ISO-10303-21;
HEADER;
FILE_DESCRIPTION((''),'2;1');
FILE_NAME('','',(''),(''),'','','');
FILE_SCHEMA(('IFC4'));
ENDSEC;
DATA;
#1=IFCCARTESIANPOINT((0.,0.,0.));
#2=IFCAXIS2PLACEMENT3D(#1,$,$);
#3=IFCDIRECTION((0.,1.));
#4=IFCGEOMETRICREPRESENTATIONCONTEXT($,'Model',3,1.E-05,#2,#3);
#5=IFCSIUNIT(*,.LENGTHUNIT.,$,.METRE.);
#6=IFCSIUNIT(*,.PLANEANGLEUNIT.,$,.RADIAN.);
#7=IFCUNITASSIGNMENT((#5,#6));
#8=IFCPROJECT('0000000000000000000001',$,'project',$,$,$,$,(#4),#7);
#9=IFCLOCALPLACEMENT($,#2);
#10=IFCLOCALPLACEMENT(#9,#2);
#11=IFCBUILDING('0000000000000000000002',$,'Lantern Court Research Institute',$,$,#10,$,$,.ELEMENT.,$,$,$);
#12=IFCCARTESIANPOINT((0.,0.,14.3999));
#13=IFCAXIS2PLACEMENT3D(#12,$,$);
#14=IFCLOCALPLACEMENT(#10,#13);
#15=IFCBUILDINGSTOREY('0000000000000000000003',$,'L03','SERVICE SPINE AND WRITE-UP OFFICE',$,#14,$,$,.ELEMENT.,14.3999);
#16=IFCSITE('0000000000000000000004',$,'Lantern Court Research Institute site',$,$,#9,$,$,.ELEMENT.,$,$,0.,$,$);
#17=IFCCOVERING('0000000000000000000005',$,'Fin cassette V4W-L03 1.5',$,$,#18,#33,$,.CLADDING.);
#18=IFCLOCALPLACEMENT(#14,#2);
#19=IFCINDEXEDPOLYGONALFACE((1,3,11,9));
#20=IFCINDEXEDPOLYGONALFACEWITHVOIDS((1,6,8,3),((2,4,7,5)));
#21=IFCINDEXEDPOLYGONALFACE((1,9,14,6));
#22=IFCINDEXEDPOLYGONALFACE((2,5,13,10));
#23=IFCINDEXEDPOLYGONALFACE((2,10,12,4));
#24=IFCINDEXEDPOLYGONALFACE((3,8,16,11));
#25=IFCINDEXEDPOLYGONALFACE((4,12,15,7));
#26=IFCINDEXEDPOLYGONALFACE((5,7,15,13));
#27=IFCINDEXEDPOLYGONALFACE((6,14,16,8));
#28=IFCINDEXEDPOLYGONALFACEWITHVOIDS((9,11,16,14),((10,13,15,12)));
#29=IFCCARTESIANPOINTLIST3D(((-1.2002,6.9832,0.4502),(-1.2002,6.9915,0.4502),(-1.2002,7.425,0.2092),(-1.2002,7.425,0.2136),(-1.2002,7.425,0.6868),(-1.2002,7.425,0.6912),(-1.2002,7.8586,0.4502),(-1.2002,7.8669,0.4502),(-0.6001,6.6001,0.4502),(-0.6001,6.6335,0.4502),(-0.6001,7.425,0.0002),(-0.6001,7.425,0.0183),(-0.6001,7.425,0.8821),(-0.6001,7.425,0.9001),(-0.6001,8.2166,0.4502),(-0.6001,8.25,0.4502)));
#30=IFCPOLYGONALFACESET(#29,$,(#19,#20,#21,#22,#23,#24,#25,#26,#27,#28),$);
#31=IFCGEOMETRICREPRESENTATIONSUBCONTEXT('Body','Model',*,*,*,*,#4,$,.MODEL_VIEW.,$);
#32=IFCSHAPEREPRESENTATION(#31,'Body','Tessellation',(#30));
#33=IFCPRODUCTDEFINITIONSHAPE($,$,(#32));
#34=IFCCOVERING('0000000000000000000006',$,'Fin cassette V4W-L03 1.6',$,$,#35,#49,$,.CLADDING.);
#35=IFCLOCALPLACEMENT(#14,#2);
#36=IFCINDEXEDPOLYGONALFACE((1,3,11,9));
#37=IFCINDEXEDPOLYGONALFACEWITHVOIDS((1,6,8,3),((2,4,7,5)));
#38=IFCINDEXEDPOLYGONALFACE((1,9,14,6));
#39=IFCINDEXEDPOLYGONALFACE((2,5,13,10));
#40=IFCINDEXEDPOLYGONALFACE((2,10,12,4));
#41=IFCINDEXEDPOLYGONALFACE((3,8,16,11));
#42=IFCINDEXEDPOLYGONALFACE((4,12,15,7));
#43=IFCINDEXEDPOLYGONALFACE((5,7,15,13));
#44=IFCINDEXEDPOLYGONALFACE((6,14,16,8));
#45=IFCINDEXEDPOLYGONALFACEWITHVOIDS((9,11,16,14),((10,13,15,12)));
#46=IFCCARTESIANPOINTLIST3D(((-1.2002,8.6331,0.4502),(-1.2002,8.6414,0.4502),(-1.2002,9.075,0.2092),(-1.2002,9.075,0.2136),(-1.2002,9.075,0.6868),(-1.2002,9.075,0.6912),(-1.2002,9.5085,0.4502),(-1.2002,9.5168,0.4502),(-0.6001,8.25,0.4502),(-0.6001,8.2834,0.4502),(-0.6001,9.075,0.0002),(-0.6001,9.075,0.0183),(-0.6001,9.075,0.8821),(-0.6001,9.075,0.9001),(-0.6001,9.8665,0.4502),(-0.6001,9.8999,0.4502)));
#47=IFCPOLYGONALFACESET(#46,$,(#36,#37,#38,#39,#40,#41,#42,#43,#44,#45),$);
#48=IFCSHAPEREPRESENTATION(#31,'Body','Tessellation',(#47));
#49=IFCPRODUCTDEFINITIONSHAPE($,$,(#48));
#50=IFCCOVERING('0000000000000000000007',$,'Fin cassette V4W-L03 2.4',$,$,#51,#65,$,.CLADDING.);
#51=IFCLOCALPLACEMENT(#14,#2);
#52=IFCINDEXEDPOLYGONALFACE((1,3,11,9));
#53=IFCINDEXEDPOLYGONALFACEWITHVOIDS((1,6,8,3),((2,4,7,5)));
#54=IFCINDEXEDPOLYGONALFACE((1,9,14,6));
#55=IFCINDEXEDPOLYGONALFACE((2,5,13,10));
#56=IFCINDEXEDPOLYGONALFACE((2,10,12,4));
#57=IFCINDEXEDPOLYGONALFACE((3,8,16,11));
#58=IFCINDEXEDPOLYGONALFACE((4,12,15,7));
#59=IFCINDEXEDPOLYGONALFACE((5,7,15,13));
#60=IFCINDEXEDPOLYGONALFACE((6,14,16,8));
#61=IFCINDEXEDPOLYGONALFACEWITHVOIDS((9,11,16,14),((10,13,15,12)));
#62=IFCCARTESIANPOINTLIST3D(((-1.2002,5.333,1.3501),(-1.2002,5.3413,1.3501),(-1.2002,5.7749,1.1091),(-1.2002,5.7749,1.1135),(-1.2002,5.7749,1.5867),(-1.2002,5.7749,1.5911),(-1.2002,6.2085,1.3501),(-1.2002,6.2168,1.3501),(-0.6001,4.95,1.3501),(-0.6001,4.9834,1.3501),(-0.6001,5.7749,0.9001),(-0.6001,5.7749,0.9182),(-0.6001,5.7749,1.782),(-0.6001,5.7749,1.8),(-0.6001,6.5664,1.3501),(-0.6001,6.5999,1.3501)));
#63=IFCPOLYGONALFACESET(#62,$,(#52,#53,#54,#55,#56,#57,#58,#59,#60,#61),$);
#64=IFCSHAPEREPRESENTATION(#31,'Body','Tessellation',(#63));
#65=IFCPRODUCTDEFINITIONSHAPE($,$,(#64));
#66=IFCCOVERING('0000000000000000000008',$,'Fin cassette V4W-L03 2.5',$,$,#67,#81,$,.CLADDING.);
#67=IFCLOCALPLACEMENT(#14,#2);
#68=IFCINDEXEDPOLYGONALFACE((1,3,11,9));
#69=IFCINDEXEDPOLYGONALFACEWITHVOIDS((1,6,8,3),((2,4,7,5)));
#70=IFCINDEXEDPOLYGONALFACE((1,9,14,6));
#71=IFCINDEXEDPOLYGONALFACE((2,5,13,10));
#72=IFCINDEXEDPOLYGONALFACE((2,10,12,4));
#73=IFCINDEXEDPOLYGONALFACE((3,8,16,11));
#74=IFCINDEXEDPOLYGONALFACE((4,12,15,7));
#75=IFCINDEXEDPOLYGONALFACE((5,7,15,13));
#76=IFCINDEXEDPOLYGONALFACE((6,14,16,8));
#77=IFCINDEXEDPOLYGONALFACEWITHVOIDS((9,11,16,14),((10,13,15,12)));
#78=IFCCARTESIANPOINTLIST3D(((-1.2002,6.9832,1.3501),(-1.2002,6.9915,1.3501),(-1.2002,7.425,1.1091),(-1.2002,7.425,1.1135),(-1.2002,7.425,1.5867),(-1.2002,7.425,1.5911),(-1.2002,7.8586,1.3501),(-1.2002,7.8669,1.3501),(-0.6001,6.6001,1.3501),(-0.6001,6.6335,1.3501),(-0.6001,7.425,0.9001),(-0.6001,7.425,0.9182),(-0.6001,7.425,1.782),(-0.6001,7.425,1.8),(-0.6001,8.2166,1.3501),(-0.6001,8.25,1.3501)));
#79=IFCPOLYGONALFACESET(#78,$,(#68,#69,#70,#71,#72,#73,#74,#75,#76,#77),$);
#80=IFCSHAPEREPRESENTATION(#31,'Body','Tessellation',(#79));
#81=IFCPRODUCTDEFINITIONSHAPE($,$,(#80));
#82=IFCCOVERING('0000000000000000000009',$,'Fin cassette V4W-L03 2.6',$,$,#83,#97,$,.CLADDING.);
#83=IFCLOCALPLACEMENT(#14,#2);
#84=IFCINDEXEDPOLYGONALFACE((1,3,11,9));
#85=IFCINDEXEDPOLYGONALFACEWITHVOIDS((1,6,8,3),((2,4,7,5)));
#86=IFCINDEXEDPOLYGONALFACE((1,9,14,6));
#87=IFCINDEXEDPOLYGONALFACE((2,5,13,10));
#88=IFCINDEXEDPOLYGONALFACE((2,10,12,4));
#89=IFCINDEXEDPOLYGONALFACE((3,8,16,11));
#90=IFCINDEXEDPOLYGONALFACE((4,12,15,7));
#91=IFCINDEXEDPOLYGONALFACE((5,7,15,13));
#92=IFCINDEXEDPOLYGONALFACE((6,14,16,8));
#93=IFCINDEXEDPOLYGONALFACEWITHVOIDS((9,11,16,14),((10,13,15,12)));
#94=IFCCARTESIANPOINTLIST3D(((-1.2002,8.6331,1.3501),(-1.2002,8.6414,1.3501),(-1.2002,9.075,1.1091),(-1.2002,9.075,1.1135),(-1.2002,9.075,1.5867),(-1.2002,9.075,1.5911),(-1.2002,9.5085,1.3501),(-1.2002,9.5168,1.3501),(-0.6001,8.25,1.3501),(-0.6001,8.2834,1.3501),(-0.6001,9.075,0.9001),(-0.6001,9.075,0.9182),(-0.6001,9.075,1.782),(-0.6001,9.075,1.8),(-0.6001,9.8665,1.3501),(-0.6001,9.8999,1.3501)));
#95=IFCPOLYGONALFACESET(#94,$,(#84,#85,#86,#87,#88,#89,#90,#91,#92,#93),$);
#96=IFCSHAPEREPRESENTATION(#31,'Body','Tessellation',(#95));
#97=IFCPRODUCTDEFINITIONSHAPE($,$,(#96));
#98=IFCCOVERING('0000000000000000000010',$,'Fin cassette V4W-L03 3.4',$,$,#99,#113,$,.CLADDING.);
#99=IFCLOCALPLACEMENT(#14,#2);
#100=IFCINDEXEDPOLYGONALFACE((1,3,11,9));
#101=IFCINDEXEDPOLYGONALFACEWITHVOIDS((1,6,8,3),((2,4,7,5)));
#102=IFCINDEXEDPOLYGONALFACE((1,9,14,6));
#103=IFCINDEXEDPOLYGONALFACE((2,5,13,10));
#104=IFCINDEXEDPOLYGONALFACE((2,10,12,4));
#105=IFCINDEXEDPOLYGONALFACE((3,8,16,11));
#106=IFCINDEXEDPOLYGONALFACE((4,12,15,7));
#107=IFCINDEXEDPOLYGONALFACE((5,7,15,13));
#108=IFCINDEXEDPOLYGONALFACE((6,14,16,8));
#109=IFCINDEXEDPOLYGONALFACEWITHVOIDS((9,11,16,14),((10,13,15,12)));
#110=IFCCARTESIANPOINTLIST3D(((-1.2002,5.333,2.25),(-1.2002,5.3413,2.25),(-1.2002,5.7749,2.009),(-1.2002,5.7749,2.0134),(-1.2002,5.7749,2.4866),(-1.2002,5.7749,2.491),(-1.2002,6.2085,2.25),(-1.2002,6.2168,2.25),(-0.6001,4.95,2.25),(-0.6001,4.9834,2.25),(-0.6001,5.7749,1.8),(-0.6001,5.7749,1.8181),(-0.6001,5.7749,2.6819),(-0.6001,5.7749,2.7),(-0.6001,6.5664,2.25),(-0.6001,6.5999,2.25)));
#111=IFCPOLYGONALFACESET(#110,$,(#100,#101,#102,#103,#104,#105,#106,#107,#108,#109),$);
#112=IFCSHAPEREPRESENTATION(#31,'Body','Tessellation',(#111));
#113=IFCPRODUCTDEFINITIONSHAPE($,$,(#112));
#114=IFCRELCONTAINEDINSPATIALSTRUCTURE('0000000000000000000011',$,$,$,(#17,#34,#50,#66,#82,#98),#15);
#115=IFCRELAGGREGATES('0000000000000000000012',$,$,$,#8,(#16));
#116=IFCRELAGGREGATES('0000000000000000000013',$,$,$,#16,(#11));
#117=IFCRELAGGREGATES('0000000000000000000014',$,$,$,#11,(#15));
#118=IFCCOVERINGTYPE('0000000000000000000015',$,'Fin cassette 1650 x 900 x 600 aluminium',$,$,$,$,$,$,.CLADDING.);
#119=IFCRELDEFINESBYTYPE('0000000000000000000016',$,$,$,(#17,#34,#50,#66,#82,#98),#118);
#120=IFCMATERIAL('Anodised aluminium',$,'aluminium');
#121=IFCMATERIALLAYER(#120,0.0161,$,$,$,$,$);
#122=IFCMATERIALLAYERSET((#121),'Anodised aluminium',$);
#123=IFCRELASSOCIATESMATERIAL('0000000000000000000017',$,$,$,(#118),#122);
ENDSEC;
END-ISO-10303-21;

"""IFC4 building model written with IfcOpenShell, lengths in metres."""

from ifc_helpers import new_model, entity, si_unit, direction, frame, origin, place, context, subcontext, project, spatial, material, layer, layer_set, type_object, element, save


model = new_model("IFC4")

# Units and contexts
model_context = context("Model", 3, precision=1e-05, world=origin(), true_north=direction((0.0, 1.0)))
body_context = subcontext(model_context, "Body", "Model", "MODEL_VIEW")
ifc_project = project(units=[si_unit("LENGTHUNIT", "METRE"), si_unit("PLANEANGLEUNIT", "RADIAN")], contexts=[model_context])

# Site, building, storey
site_placement = place(None, origin())
site = spatial("IfcSite", under=ifc_project, at=site_placement, Name="Lantern Court Research Institute site", CompositionType="ELEMENT", RefElevation=0.0)
building_placement = place(site_placement, origin())
building = spatial("IfcBuilding", under=site, at=building_placement, Name="Lantern Court Research Institute", CompositionType="ELEMENT")
storey_placement = place(building_placement, frame((0.0, 0.0, 14.3999)))
storey = spatial("IfcBuildingStorey", under=building, at=storey_placement, Name="L03", Description="SERVICE SPINE AND WRITE-UP OFFICE", CompositionType="ELEMENT", Elevation=14.3999)

# Coverings
ifc_material_1 = material(Name="Anodised aluminium", Category="aluminium")
ifc_layer_1 = layer(ifc_material_1, 0.0161)
ifc_layer_set_1 = layer_set([ifc_layer_1], Name="Anodised aluminium")
covering_type = type_object("IfcCoveringType", Name="Fin cassette 1650 x 900 x 600 aluminium", PredefinedType="CLADDING", material=ifc_layer_set_1)
covering_1_placement = place(storey_placement, frame((-0.6001, 7.425, 0.4502), z_axis=(-1.0, 0.0, 0.0), x_axis=(0.0, -1.0, 0.0)))
cartesian_point_1 = entity("IfcCartesianPoint", [0.825, 0.0])
cartesian_point_2 = entity("IfcCartesianPoint", [0.7915, 0.0])
cartesian_point_3 = entity("IfcCartesianPoint", [0.4419, 0.0])
cartesian_point_4 = entity("IfcCartesianPoint", [0.4336, 0.0])
element("IfcCovering", 1, at=covering_1_placement, inside=storey, type_object=covering_type, Name="Fin cassette V4W-L03 1.5", PredefinedType="CLADDING", context=body_context, shape_type="SweptSolid", body=[
    entity("IfcExtrudedAreaSolidTapered", entity("IfcArbitraryProfileDefWithVoids", "AREA", None, entity("IfcPolyline", [cartesian_point_1, entity("IfcCartesianPoint", [0.0, 0.45]), entity("IfcCartesianPoint", [-0.825, 0.0]), entity("IfcCartesianPoint", [0.0, -0.45]), cartesian_point_1]), [entity("IfcPolyline", [cartesian_point_2, entity("IfcCartesianPoint", [0.0, 0.4319]), entity("IfcCartesianPoint", [-0.7915, 0.0]), entity("IfcCartesianPoint", [0.0, -0.4319]), cartesian_point_2])]), entity("IfcAxis2Placement3D", entity("IfcCartesianPoint", [0.0, 0.0, 0.0])), entity("IfcDirection", [0.0, 0.0, 1.0]), 0.6001, entity("IfcArbitraryProfileDefWithVoids", "AREA", None, entity("IfcPolyline", [cartesian_point_3, entity("IfcCartesianPoint", [0.0, 0.241]), entity("IfcCartesianPoint", [-0.4419, 0.0]), entity("IfcCartesianPoint", [0.0, -0.241]), cartesian_point_3]), [entity("IfcPolyline", [cartesian_point_4, entity("IfcCartesianPoint", [0.0, 0.2366]), entity("IfcCartesianPoint", [-0.4336, 0.0]), entity("IfcCartesianPoint", [0.0, -0.2366]), cartesian_point_4])])),
])
covering_2_placement = place(storey_placement, frame((-0.6001, 9.075, 0.4502), z_axis=(-1.0, 0.0, 0.0), x_axis=(0.0, -1.0, 0.0)))
cartesian_point_5 = entity("IfcCartesianPoint", [0.825, 0.0])
cartesian_point_6 = entity("IfcCartesianPoint", [0.7915, 0.0])
cartesian_point_7 = entity("IfcCartesianPoint", [0.4419, 0.0])
cartesian_point_8 = entity("IfcCartesianPoint", [0.4336, 0.0])
element("IfcCovering", 2, at=covering_2_placement, inside=storey, type_object=covering_type, Name="Fin cassette V4W-L03 1.6", PredefinedType="CLADDING", context=body_context, shape_type="SweptSolid", body=[
    entity("IfcExtrudedAreaSolidTapered", entity("IfcArbitraryProfileDefWithVoids", "AREA", None, entity("IfcPolyline", [cartesian_point_5, entity("IfcCartesianPoint", [0.0, 0.45]), entity("IfcCartesianPoint", [-0.825, 0.0]), entity("IfcCartesianPoint", [0.0, -0.45]), cartesian_point_5]), [entity("IfcPolyline", [cartesian_point_6, entity("IfcCartesianPoint", [0.0, 0.4319]), entity("IfcCartesianPoint", [-0.7915, 0.0]), entity("IfcCartesianPoint", [0.0, -0.4319]), cartesian_point_6])]), entity("IfcAxis2Placement3D", entity("IfcCartesianPoint", [0.0, 0.0, 0.0])), entity("IfcDirection", [0.0, 0.0, 1.0]), 0.6001, entity("IfcArbitraryProfileDefWithVoids", "AREA", None, entity("IfcPolyline", [cartesian_point_7, entity("IfcCartesianPoint", [0.0, 0.241]), entity("IfcCartesianPoint", [-0.4419, 0.0]), entity("IfcCartesianPoint", [0.0, -0.241]), cartesian_point_7]), [entity("IfcPolyline", [cartesian_point_8, entity("IfcCartesianPoint", [0.0, 0.2366]), entity("IfcCartesianPoint", [-0.4336, 0.0]), entity("IfcCartesianPoint", [0.0, -0.2366]), cartesian_point_8])])),
])
covering_3_placement = place(storey_placement, frame((-0.6001, 5.7749, 1.3501), z_axis=(-1.0, 0.0, 0.0), x_axis=(0.0, -1.0, 0.0)))
cartesian_point_9 = entity("IfcCartesianPoint", [0.825, 0.0])
cartesian_point_10 = entity("IfcCartesianPoint", [0.7915, 0.0])
cartesian_point_11 = entity("IfcCartesianPoint", [0.4419, 0.0])
cartesian_point_12 = entity("IfcCartesianPoint", [0.4336, 0.0])
element("IfcCovering", 3, at=covering_3_placement, inside=storey, type_object=covering_type, Name="Fin cassette V4W-L03 2.4", PredefinedType="CLADDING", context=body_context, shape_type="SweptSolid", body=[
    entity("IfcExtrudedAreaSolidTapered", entity("IfcArbitraryProfileDefWithVoids", "AREA", None, entity("IfcPolyline", [cartesian_point_9, entity("IfcCartesianPoint", [0.0, 0.45]), entity("IfcCartesianPoint", [-0.825, 0.0]), entity("IfcCartesianPoint", [0.0, -0.45]), cartesian_point_9]), [entity("IfcPolyline", [cartesian_point_10, entity("IfcCartesianPoint", [0.0, 0.4319]), entity("IfcCartesianPoint", [-0.7915, 0.0]), entity("IfcCartesianPoint", [0.0, -0.4319]), cartesian_point_10])]), entity("IfcAxis2Placement3D", entity("IfcCartesianPoint", [0.0, 0.0, 0.0])), entity("IfcDirection", [0.0, 0.0, 1.0]), 0.6001, entity("IfcArbitraryProfileDefWithVoids", "AREA", None, entity("IfcPolyline", [cartesian_point_11, entity("IfcCartesianPoint", [0.0, 0.241]), entity("IfcCartesianPoint", [-0.4419, 0.0]), entity("IfcCartesianPoint", [0.0, -0.241]), cartesian_point_11]), [entity("IfcPolyline", [cartesian_point_12, entity("IfcCartesianPoint", [0.0, 0.2366]), entity("IfcCartesianPoint", [-0.4336, 0.0]), entity("IfcCartesianPoint", [0.0, -0.2366]), cartesian_point_12])])),
])
covering_4_placement = place(storey_placement, frame((-0.6001, 7.425, 1.3501), z_axis=(-1.0, 0.0, 0.0), x_axis=(0.0, -1.0, 0.0)))
cartesian_point_13 = entity("IfcCartesianPoint", [0.825, 0.0])
cartesian_point_14 = entity("IfcCartesianPoint", [0.7915, 0.0])
cartesian_point_15 = entity("IfcCartesianPoint", [0.4419, 0.0])
cartesian_point_16 = entity("IfcCartesianPoint", [0.4336, 0.0])
element("IfcCovering", 4, at=covering_4_placement, inside=storey, type_object=covering_type, Name="Fin cassette V4W-L03 2.5", PredefinedType="CLADDING", context=body_context, shape_type="SweptSolid", body=[
    entity("IfcExtrudedAreaSolidTapered", entity("IfcArbitraryProfileDefWithVoids", "AREA", None, entity("IfcPolyline", [cartesian_point_13, entity("IfcCartesianPoint", [0.0, 0.45]), entity("IfcCartesianPoint", [-0.825, 0.0]), entity("IfcCartesianPoint", [0.0, -0.45]), cartesian_point_13]), [entity("IfcPolyline", [cartesian_point_14, entity("IfcCartesianPoint", [0.0, 0.4319]), entity("IfcCartesianPoint", [-0.7915, 0.0]), entity("IfcCartesianPoint", [0.0, -0.4319]), cartesian_point_14])]), entity("IfcAxis2Placement3D", entity("IfcCartesianPoint", [0.0, 0.0, 0.0])), entity("IfcDirection", [0.0, 0.0, 1.0]), 0.6001, entity("IfcArbitraryProfileDefWithVoids", "AREA", None, entity("IfcPolyline", [cartesian_point_15, entity("IfcCartesianPoint", [0.0, 0.241]), entity("IfcCartesianPoint", [-0.4419, 0.0]), entity("IfcCartesianPoint", [0.0, -0.241]), cartesian_point_15]), [entity("IfcPolyline", [cartesian_point_16, entity("IfcCartesianPoint", [0.0, 0.2366]), entity("IfcCartesianPoint", [-0.4336, 0.0]), entity("IfcCartesianPoint", [0.0, -0.2366]), cartesian_point_16])])),
])
covering_5_placement = place(storey_placement, frame((-0.6001, 9.075, 1.3501), z_axis=(-1.0, 0.0, 0.0), x_axis=(0.0, -1.0, 0.0)))
cartesian_point_17 = entity("IfcCartesianPoint", [0.825, 0.0])
cartesian_point_18 = entity("IfcCartesianPoint", [0.7915, 0.0])
cartesian_point_19 = entity("IfcCartesianPoint", [0.4419, 0.0])
cartesian_point_20 = entity("IfcCartesianPoint", [0.4336, 0.0])
element("IfcCovering", 5, at=covering_5_placement, inside=storey, type_object=covering_type, Name="Fin cassette V4W-L03 2.6", PredefinedType="CLADDING", context=body_context, shape_type="SweptSolid", body=[
    entity("IfcExtrudedAreaSolidTapered", entity("IfcArbitraryProfileDefWithVoids", "AREA", None, entity("IfcPolyline", [cartesian_point_17, entity("IfcCartesianPoint", [0.0, 0.45]), entity("IfcCartesianPoint", [-0.825, 0.0]), entity("IfcCartesianPoint", [0.0, -0.45]), cartesian_point_17]), [entity("IfcPolyline", [cartesian_point_18, entity("IfcCartesianPoint", [0.0, 0.4319]), entity("IfcCartesianPoint", [-0.7915, 0.0]), entity("IfcCartesianPoint", [0.0, -0.4319]), cartesian_point_18])]), entity("IfcAxis2Placement3D", entity("IfcCartesianPoint", [0.0, 0.0, 0.0])), entity("IfcDirection", [0.0, 0.0, 1.0]), 0.6001, entity("IfcArbitraryProfileDefWithVoids", "AREA", None, entity("IfcPolyline", [cartesian_point_19, entity("IfcCartesianPoint", [0.0, 0.241]), entity("IfcCartesianPoint", [-0.4419, 0.0]), entity("IfcCartesianPoint", [0.0, -0.241]), cartesian_point_19]), [entity("IfcPolyline", [cartesian_point_20, entity("IfcCartesianPoint", [0.0, 0.2366]), entity("IfcCartesianPoint", [-0.4336, 0.0]), entity("IfcCartesianPoint", [0.0, -0.2366]), cartesian_point_20])])),
])
covering_6_placement = place(storey_placement, frame((-0.6001, 5.7749, 2.25), z_axis=(-1.0, 0.0, 0.0), x_axis=(0.0, -1.0, 0.0)))
cartesian_point_21 = entity("IfcCartesianPoint", [0.825, 0.0])
cartesian_point_22 = entity("IfcCartesianPoint", [0.7915, 0.0])
cartesian_point_23 = entity("IfcCartesianPoint", [0.4419, 0.0])
cartesian_point_24 = entity("IfcCartesianPoint", [0.4336, 0.0])
element("IfcCovering", 6, at=covering_6_placement, inside=storey, type_object=covering_type, Name="Fin cassette V4W-L03 3.4", PredefinedType="CLADDING", context=body_context, shape_type="SweptSolid", body=[
    entity("IfcExtrudedAreaSolidTapered", entity("IfcArbitraryProfileDefWithVoids", "AREA", None, entity("IfcPolyline", [cartesian_point_21, entity("IfcCartesianPoint", [0.0, 0.45]), entity("IfcCartesianPoint", [-0.825, 0.0]), entity("IfcCartesianPoint", [0.0, -0.45]), cartesian_point_21]), [entity("IfcPolyline", [cartesian_point_22, entity("IfcCartesianPoint", [0.0, 0.4319]), entity("IfcCartesianPoint", [-0.7915, 0.0]), entity("IfcCartesianPoint", [0.0, -0.4319]), cartesian_point_22])]), entity("IfcAxis2Placement3D", entity("IfcCartesianPoint", [0.0, 0.0, 0.0])), entity("IfcDirection", [0.0, 0.0, 1.0]), 0.6001, entity("IfcArbitraryProfileDefWithVoids", "AREA", None, entity("IfcPolyline", [cartesian_point_23, entity("IfcCartesianPoint", [0.0, 0.241]), entity("IfcCartesianPoint", [-0.4419, 0.0]), entity("IfcCartesianPoint", [0.0, -0.241]), cartesian_point_23]), [entity("IfcPolyline", [cartesian_point_24, entity("IfcCartesianPoint", [0.0, 0.2366]), entity("IfcCartesianPoint", [-0.4336, 0.0]), entity("IfcCartesianPoint", [0.0, -0.2366]), cartesian_point_24])])),
])

save(model, "model.ifc")
